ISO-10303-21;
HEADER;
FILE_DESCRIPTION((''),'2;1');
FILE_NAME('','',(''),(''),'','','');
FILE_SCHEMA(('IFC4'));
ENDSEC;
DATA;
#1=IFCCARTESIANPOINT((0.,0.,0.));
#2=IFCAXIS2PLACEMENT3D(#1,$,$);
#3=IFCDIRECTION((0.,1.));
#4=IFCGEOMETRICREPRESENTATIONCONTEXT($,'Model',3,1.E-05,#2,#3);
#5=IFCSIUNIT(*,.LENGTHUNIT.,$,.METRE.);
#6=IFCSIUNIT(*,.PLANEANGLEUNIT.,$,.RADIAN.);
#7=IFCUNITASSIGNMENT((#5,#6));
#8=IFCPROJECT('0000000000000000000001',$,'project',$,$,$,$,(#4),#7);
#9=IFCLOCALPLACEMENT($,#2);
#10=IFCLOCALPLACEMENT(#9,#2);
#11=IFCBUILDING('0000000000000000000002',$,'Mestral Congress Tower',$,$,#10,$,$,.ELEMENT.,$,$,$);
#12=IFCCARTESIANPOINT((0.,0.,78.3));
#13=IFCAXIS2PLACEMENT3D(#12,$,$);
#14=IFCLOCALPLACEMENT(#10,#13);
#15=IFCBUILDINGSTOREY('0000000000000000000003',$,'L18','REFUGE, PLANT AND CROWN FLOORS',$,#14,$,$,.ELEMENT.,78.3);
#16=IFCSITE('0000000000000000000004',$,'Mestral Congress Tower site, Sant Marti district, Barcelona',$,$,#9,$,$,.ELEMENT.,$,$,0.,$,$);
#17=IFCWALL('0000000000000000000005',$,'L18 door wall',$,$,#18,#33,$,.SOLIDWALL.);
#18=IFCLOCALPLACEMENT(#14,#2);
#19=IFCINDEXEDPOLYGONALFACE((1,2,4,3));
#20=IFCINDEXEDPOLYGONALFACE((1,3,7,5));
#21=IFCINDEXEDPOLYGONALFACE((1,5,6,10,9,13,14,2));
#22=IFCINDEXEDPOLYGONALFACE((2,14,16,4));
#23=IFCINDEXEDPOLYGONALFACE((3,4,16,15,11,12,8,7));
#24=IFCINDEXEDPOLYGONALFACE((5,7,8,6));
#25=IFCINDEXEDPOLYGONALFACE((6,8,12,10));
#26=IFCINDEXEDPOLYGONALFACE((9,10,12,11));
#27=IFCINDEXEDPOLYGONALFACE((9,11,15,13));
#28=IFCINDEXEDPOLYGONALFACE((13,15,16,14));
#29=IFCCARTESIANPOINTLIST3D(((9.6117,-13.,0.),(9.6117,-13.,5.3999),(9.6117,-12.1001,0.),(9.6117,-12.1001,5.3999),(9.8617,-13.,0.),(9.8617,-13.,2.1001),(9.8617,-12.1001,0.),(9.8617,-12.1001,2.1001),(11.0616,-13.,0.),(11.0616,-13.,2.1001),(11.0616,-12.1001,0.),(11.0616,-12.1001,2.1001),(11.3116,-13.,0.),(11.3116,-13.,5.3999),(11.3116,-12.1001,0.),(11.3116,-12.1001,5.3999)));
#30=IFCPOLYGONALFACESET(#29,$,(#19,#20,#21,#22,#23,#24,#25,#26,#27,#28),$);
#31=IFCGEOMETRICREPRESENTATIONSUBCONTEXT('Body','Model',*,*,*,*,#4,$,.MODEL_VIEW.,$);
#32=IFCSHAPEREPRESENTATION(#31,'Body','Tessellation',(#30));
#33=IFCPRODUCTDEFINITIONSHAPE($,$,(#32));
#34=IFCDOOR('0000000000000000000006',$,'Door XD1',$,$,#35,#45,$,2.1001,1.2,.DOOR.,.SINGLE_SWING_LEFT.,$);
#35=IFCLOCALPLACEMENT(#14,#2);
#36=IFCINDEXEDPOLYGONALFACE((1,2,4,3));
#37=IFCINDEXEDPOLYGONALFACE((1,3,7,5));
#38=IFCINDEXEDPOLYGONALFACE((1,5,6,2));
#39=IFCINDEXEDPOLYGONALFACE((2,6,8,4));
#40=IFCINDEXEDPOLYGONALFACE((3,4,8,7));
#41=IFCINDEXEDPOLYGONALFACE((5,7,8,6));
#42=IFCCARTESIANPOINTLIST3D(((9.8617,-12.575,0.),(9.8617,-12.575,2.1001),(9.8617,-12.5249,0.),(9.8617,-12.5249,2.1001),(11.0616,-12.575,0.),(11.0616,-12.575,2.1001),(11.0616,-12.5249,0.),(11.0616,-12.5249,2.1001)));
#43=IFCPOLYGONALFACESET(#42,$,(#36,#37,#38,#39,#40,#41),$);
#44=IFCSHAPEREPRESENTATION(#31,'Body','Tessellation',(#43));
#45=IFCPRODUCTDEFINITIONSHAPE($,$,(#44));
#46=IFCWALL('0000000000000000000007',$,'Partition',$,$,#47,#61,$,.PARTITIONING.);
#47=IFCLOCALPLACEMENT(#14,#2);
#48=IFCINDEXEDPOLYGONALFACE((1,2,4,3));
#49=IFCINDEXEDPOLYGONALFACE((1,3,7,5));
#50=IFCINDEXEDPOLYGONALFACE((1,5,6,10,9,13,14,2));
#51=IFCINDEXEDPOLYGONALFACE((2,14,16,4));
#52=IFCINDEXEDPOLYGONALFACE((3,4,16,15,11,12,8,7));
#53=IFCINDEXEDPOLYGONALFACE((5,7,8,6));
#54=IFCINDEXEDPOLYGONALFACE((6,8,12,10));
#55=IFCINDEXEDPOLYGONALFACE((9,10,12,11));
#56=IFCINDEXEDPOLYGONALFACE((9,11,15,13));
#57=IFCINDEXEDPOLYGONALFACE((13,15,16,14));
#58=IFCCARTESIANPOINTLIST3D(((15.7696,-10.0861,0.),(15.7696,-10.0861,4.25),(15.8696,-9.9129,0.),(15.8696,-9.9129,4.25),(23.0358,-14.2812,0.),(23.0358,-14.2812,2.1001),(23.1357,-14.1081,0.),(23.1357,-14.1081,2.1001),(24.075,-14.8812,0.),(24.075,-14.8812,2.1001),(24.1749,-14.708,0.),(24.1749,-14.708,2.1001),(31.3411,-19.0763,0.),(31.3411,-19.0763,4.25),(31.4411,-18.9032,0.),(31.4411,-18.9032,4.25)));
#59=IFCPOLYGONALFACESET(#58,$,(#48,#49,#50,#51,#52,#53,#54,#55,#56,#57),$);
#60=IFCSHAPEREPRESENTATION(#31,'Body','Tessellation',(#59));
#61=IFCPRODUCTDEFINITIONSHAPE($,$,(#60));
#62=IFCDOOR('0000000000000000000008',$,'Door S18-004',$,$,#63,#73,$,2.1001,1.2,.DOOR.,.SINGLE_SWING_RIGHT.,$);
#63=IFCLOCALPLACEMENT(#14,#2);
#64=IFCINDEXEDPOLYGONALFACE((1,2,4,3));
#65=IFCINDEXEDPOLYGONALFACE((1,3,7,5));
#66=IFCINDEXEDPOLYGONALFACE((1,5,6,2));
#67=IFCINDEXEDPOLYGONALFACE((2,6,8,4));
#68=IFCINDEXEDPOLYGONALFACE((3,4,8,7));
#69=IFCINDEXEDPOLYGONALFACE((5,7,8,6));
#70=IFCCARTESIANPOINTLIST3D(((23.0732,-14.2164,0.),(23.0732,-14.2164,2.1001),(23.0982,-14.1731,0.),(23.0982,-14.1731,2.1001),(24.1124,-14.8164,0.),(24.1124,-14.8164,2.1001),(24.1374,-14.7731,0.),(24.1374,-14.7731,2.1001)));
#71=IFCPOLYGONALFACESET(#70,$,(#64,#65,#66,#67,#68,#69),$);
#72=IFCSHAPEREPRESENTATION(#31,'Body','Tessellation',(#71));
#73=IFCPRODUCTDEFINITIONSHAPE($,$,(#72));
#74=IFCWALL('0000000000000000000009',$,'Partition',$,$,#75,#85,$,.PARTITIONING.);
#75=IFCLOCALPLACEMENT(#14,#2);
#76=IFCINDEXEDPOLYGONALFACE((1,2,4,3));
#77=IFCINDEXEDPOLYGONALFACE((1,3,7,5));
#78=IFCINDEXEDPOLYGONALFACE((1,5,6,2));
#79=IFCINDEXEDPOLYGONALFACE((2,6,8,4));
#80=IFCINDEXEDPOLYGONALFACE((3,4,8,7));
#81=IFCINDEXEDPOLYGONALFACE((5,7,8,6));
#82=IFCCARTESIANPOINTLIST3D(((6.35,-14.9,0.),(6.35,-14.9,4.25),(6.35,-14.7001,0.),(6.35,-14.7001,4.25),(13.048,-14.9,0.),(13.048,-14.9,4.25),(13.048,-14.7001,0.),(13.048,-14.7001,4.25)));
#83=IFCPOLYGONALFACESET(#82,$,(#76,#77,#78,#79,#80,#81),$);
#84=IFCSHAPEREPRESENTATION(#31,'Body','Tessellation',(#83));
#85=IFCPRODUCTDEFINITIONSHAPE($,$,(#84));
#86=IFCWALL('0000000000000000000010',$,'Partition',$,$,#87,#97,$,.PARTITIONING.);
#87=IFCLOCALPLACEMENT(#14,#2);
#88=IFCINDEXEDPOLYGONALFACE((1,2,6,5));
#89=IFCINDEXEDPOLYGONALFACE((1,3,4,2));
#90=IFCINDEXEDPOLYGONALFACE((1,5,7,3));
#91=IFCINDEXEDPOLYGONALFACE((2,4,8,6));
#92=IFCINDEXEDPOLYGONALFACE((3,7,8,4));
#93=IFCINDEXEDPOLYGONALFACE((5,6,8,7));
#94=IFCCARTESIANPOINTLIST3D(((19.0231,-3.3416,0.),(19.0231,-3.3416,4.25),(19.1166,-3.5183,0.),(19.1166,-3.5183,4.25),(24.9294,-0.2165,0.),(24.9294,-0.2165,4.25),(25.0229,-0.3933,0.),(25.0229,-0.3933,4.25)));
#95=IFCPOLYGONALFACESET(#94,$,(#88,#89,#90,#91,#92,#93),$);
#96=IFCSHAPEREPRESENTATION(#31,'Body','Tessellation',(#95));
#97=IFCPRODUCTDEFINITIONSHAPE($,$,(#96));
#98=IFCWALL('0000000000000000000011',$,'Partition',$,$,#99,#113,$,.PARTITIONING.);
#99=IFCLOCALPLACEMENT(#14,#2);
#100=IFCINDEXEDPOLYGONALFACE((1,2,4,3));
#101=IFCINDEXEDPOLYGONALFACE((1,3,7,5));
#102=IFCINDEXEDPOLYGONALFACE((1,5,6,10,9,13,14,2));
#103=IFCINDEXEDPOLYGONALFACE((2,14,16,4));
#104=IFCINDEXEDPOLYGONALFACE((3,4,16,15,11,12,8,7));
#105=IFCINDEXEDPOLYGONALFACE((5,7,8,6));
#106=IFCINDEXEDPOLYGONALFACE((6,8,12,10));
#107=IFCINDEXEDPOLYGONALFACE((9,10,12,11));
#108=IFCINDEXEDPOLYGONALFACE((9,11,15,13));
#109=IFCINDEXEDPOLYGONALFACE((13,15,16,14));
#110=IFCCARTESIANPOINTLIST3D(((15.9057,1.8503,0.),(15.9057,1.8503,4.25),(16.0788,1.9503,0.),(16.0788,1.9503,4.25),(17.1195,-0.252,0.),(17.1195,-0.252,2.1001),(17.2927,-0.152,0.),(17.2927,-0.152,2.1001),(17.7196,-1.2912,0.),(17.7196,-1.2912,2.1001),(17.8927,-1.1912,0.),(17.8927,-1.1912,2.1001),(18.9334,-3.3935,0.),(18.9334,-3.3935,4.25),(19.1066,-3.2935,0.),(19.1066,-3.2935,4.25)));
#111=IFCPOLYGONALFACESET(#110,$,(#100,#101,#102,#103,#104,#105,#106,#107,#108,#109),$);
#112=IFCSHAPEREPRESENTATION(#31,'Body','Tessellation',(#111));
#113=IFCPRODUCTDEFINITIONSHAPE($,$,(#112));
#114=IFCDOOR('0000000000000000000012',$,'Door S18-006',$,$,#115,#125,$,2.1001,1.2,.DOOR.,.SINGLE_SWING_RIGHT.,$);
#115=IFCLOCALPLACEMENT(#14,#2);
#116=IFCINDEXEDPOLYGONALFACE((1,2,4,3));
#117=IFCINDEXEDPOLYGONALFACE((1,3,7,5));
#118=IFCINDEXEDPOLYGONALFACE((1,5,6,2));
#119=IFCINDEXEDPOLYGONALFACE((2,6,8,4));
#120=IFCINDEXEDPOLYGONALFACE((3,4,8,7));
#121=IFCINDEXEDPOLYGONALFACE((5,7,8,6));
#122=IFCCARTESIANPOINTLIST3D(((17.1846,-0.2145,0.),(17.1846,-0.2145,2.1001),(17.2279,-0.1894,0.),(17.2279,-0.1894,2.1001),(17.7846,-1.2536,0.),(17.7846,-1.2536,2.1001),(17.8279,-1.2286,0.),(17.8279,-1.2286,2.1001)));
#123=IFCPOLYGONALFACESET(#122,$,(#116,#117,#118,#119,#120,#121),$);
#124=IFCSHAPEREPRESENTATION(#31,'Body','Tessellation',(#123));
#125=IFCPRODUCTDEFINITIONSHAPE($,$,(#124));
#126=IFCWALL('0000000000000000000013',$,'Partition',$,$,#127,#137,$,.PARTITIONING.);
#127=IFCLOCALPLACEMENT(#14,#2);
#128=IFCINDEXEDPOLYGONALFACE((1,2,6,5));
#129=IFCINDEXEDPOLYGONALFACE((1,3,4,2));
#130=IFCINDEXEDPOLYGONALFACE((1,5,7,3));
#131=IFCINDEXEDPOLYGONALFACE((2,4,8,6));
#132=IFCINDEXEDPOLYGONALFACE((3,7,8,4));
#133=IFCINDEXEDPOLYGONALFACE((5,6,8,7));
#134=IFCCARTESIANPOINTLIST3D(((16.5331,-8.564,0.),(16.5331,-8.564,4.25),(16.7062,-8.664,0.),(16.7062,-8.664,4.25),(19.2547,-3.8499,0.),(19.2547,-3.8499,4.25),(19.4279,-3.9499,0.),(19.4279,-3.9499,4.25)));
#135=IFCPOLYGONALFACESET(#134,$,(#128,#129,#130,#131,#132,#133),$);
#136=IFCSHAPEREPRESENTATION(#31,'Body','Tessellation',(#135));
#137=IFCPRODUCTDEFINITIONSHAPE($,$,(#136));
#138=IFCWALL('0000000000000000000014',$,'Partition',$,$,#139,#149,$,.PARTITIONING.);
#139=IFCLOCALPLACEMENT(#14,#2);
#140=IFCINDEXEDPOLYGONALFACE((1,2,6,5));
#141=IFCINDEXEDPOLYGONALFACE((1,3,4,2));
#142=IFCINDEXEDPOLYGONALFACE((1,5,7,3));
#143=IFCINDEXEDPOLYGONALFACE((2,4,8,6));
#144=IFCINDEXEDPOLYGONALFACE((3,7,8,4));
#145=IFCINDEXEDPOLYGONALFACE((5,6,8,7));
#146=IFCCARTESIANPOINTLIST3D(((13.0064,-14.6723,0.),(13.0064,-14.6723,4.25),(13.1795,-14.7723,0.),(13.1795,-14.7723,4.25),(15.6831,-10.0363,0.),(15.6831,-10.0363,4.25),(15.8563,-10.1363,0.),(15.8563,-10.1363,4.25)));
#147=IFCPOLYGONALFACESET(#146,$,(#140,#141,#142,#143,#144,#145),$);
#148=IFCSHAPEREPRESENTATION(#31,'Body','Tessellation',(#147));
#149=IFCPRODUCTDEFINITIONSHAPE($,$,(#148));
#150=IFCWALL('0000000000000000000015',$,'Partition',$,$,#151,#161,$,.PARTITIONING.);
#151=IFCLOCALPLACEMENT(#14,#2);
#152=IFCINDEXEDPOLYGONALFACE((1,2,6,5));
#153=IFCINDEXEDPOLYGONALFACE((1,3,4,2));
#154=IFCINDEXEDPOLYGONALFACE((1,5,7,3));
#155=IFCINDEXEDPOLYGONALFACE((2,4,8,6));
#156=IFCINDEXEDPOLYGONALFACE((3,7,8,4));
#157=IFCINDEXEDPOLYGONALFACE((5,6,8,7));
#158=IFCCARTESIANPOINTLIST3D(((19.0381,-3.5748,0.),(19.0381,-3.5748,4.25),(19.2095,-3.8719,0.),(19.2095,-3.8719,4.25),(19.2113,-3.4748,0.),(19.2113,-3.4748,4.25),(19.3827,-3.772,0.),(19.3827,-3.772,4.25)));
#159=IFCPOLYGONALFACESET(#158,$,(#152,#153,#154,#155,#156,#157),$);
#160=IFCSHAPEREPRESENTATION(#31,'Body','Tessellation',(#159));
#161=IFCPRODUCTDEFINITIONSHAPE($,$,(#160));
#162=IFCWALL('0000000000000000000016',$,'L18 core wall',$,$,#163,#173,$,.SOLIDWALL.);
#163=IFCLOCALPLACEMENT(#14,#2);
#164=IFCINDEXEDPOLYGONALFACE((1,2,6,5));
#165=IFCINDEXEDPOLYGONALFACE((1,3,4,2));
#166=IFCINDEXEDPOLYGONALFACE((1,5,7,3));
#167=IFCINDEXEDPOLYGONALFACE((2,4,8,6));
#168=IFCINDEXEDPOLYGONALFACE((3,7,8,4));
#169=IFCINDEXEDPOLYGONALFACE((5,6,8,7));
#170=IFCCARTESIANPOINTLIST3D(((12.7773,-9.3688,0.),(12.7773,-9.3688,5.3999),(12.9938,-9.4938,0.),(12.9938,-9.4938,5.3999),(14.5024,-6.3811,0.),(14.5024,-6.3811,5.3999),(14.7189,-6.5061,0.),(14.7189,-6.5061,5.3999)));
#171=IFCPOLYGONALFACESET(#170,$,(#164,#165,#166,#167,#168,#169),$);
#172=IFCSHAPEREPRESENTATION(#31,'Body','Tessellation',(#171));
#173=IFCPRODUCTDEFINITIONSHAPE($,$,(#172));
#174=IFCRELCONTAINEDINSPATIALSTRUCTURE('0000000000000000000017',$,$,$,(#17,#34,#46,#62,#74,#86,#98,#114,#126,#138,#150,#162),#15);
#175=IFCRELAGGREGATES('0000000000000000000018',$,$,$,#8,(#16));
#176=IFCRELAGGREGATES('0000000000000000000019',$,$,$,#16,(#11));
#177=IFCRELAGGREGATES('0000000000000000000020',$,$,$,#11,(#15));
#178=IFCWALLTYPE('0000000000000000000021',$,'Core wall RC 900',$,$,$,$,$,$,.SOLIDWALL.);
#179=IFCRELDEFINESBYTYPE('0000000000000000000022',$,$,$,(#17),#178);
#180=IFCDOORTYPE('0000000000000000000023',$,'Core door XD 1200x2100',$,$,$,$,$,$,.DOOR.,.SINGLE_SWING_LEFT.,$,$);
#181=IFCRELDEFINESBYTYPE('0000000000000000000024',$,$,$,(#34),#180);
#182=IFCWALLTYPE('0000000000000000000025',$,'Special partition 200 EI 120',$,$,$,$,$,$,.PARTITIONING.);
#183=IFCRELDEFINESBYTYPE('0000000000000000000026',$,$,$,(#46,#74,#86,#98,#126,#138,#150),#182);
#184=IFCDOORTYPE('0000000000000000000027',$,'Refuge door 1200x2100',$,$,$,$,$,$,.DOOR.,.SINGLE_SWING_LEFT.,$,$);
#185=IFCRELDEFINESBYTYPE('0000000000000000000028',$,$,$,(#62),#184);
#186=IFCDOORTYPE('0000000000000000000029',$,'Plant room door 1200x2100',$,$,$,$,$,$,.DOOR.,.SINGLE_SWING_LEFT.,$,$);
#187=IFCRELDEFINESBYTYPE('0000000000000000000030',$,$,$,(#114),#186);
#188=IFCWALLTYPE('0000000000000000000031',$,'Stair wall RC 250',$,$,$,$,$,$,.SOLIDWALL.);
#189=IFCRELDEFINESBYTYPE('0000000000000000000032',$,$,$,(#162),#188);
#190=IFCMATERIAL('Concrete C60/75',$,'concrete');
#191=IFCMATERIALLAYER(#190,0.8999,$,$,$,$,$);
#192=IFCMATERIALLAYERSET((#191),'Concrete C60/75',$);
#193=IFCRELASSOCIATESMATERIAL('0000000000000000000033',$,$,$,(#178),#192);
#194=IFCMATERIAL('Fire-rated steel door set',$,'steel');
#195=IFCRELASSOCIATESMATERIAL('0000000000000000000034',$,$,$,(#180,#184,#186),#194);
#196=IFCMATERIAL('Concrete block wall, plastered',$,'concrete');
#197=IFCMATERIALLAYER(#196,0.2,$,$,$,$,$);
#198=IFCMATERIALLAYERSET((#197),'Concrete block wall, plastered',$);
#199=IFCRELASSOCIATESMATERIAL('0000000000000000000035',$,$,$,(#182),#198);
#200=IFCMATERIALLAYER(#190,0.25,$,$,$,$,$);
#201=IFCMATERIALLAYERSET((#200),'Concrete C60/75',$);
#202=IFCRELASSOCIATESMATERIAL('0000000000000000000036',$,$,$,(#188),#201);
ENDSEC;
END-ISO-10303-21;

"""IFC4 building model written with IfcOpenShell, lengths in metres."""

from ifc_helpers import new_model, si_unit, direction, frame, frame_2d, origin, place, context, subcontext, project, spatial, rectangle, extrude, material, layer, layer_set, type_object, element, fill, save


model = new_model("IFC4")

# Units and contexts
model_context = context("Model", 3, precision=1e-05, world=origin(), true_north=direction((0.0, 1.0)))
body_context = subcontext(model_context, "Body", "Model", "MODEL_VIEW")
ifc_project = project(units=[si_unit("LENGTHUNIT", "METRE"), si_unit("PLANEANGLEUNIT", "RADIAN")], contexts=[model_context])

# Site, building, storey
site_placement = place(None, origin())
site = spatial("IfcSite", under=ifc_project, at=site_placement, Name="Mestral Congress Tower site, Sant Marti district, Barcelona", CompositionType="ELEMENT", RefElevation=0.0)
building_placement = place(site_placement, origin())
building = spatial("IfcBuilding", under=site, at=building_placement, Name="Mestral Congress Tower", CompositionType="ELEMENT")
storey_placement = place(building_placement, frame((0.0, 0.0, 78.3)))
storey = spatial("IfcBuildingStorey", under=building, at=storey_placement, Name="L18", Description="REFUGE, PLANT AND CROWN FLOORS", CompositionType="ELEMENT", Elevation=78.3)

# Shared definitions
ifc_material_1 = material(Name="Concrete C60/75", Category="concrete")
ifc_layer_1 = layer(ifc_material_1, 0.8999)
ifc_layer_set_1 = layer_set([ifc_layer_1], Name="Concrete C60/75")
wall_type_1 = type_object("IfcWallType", Name="Core wall RC 900", PredefinedType="SOLIDWALL", material=ifc_layer_set_1)

# Walls, openings, doors
wall_1_placement = place(storey_placement, frame((11.3118, -12.55, 0.0), z_axis=(0.0, 0.0, 1.0), x_axis=(-1.0, 0.0, 0.0)))
wall_1 = element("IfcWall", 1, at=wall_1_placement, inside=storey, type_object=wall_type_1, Name="L18 door wall", PredefinedType="SOLIDWALL", context=body_context, shape_type="SweptSolid", body=[
    extrude(rectangle(XDim=1.7, YDim=0.8999, at=frame_2d((0.8501, 0.0))), origin(), (0.0, 0.0, 1.0), 5.3999),
])
opening_1_placement = place(wall_1_placement, frame((0.25, 0.0, 0.0)))
opening_1 = element("IfcOpeningElement", 2, at=opening_1_placement, cuts=wall_1, PredefinedType="OPENING", context=body_context, shape_type="SweptSolid", body=[
    extrude(rectangle(XDim=1.2, YDim=2.1001, at=frame_2d((0.6001, 1.05))), frame((0.0, 0.46, 0.0), z_axis=(0.0, -1.0, 0.0), x_axis=(1.0, 0.0, 0.0)), (0.0, 0.0, 1.0), 0.9199),
])
ifc_material_2 = material(Name="Fire-rated steel door set", Category="steel")
door_type_1 = type_object("IfcDoorType", Name="Core door XD 1200x2100", OperationType="SINGLE_SWING_LEFT", PredefinedType="DOOR", material=ifc_material_2)
door_1_placement = place(opening_1_placement, origin())
door_1 = element("IfcDoor", 3, at=door_1_placement, inside=storey, type_object=door_type_1, Name="Door XD1", OperationType="SINGLE_SWING_LEFT", OverallHeight=2.1001, OverallWidth=1.2, PredefinedType="DOOR", context=body_context, shape_type="SweptSolid", body=[
    extrude(rectangle(XDim=1.2, YDim=2.1001, at=frame_2d((0.6001, 1.05))), frame((0.0, 0.0249, 0.0), z_axis=(0.0, -1.0, 0.0), x_axis=(1.0, 0.0, 0.0)), (0.0, 0.0, 1.0), 0.05),
])
fill(opening_1, door_1)
ifc_material_3 = material(Name="Concrete block wall, plastered", Category="concrete")
ifc_layer_2 = layer(ifc_material_3, 0.2)
ifc_layer_set_2 = layer_set([ifc_layer_2], Name="Concrete block wall, plastered")
wall_type_2 = type_object("IfcWallType", Name="Special partition 200 EI 120", PredefinedType="PARTITIONING", material=ifc_layer_set_2)
wall_2_placement = place(storey_placement, frame((15.8196, -9.9995, 0.0), z_axis=(0.0, 0.0, 1.0), x_axis=(0.866025, -0.5, 0.0)))
wall_2 = element("IfcWall", 4, at=wall_2_placement, inside=storey, type_object=wall_type_2, Name="Partition", PredefinedType="PARTITIONING", context=body_context, shape_type="SweptSolid", body=[
    extrude(rectangle(XDim=17.9805, YDim=0.2, at=frame_2d((8.9902, 0.0))), origin(), (0.0, 0.0, 1.0), 4.25),
])
opening_2_placement = place(wall_2_placement, frame((8.3901, 0.0, 0.0)))
opening_2 = element("IfcOpeningElement", 5, at=opening_2_placement, cuts=wall_2, PredefinedType="OPENING", context=body_context, shape_type="SweptSolid", body=[
    extrude(rectangle(XDim=1.2, YDim=2.1001, at=frame_2d((0.6001, 1.05))), frame((0.0, 0.1099, 0.0), z_axis=(0.0, -1.0, 0.0), x_axis=(1.0, 0.0, 0.0)), (0.0, 0.0, 1.0), 0.22),
])
door_type_2 = type_object("IfcDoorType", Name="Refuge door 1200x2100", OperationType="SINGLE_SWING_LEFT", PredefinedType="DOOR", material=ifc_material_2)
door_2_placement = place(opening_2_placement, origin())
door_2 = element("IfcDoor", 6, at=door_2_placement, inside=storey, type_object=door_type_2, Name="Door S18-004", OperationType="SINGLE_SWING_RIGHT", OverallHeight=2.1001, OverallWidth=1.2, PredefinedType="DOOR", context=body_context, shape_type="SweptSolid", body=[
    extrude(rectangle(XDim=1.2, YDim=2.1001, at=frame_2d((0.6001, 1.05))), frame((0.0, 0.0249, 0.0), z_axis=(0.0, -1.0, 0.0), x_axis=(1.0, 0.0, 0.0)), (0.0, 0.0, 1.0), 0.05),
])
fill(opening_2, door_2)

# Walls
wall_3_placement = place(storey_placement, frame((13.0481, -14.8, 0.0), z_axis=(0.0, 0.0, 1.0), x_axis=(-1.0, 0.0, 0.0)))
element("IfcWall", 7, at=wall_3_placement, inside=storey, type_object=wall_type_2, Name="Partition", PredefinedType="PARTITIONING", context=body_context, shape_type="SweptSolid", body=[
    extrude(rectangle(XDim=6.698, YDim=0.2, at=frame_2d((3.3491, 0.0))), origin(), (0.0, 0.0, 1.0), 4.25),
])
wall_4_placement = place(storey_placement, frame((19.0698, -3.4299, 0.0), z_axis=(0.0, 0.0, 1.0), x_axis=(0.883902, 0.467673, 0.0)))
element("IfcWall", 8, at=wall_4_placement, inside=storey, type_object=wall_type_2, Name="Partition", PredefinedType="PARTITIONING", context=body_context, shape_type="SweptSolid", body=[
    extrude(rectangle(XDim=6.6821, YDim=0.2, at=frame_2d((3.3411, 0.0))), origin(), (0.0, 0.0, 1.0), 4.25),
])

# Wall, opening, door
wall_5_placement = place(storey_placement, frame((19.02, -3.3435, 0.0), z_axis=(0.0, 0.0, 1.0), x_axis=(-0.500033, 0.866006, 0.0)))
wall_5 = element("IfcWall", 9, at=wall_5_placement, inside=storey, type_object=wall_type_2, Name="Partition", PredefinedType="PARTITIONING", context=body_context, shape_type="SweptSolid", body=[
    extrude(rectangle(XDim=6.0552, YDim=0.2, at=frame_2d((3.0276, 0.0))), origin(), (0.0, 0.0, 1.0), 4.25),
])
opening_3_placement = place(wall_5_placement, frame((2.4275, 0.0, 0.0)))
opening_3 = element("IfcOpeningElement", 10, at=opening_3_placement, cuts=wall_5, PredefinedType="OPENING", context=body_context, shape_type="SweptSolid", body=[
    extrude(rectangle(XDim=1.2, YDim=2.1001, at=frame_2d((0.6001, 1.05))), frame((0.0, 0.1099, 0.0), z_axis=(0.0, -1.0, 0.0), x_axis=(1.0, 0.0, 0.0)), (0.0, 0.0, 1.0), 0.22),
])
door_type_3 = type_object("IfcDoorType", Name="Plant room door 1200x2100", OperationType="SINGLE_SWING_LEFT", PredefinedType="DOOR", material=ifc_material_2)
door_3_placement = place(opening_3_placement, origin())
door_3 = element("IfcDoor", 11, at=door_3_placement, inside=storey, type_object=door_type_3, Name="Door S18-006", OperationType="SINGLE_SWING_RIGHT", OverallHeight=2.1001, OverallWidth=1.2, PredefinedType="DOOR", context=body_context, shape_type="SweptSolid", body=[
    extrude(rectangle(XDim=1.2, YDim=2.1001, at=frame_2d((0.6001, 1.05))), frame((0.0, 0.0249, 0.0), z_axis=(0.0, -1.0, 0.0), x_axis=(1.0, 0.0, 0.0)), (0.0, 0.0, 1.0), 0.05),
])
fill(opening_3, door_3)

# Walls
wall_6_placement = place(storey_placement, frame((19.3413, -3.8999, 0.0), z_axis=(0.0, 0.0, 1.0), x_axis=(-0.499998, -0.866026, 0.0)))
element("IfcWall", 12, at=wall_6_placement, inside=storey, type_object=wall_type_2, Name="Partition", PredefinedType="PARTITIONING", context=body_context, shape_type="SweptSolid", body=[
    extrude(rectangle(XDim=5.4434, YDim=0.2, at=frame_2d((2.7217, 0.0))), origin(), (0.0, 0.0, 1.0), 4.25),
])
wall_7_placement = place(storey_placement, frame((15.7698, -10.0862, 0.0), z_axis=(0.0, 0.0, 1.0), x_axis=(-0.500024, -0.866012, 0.0)))
element("IfcWall", 13, at=wall_7_placement, inside=storey, type_object=wall_type_2, Name="Partition", PredefinedType="PARTITIONING", context=body_context, shape_type="SweptSolid", body=[
    extrude(rectangle(XDim=5.3533, YDim=0.2, at=frame_2d((2.6768, 0.0))), origin(), (0.0, 0.0, 1.0), 4.25),
])
wall_8_placement = place(storey_placement, frame((19.1248, -3.5249, 0.0), z_axis=(0.0, 0.0, 1.0), x_axis=(0.499661, -0.866221, 0.0)))
element("IfcWall", 14, at=wall_8_placement, inside=storey, type_object=wall_type_2, Name="Partition", PredefinedType="PARTITIONING", context=body_context, shape_type="SweptSolid", body=[
    extrude(rectangle(XDim=0.343, YDim=0.2, at=frame_2d((0.1714, 0.0))), origin(), (0.0, 0.0, 1.0), 4.25),
])
ifc_layer_3 = layer(ifc_material_1, 0.25)
ifc_layer_set_3 = layer_set([ifc_layer_3], Name="Concrete C60/75")
wall_type_3 = type_object("IfcWallType", Name="Stair wall RC 250", PredefinedType="SOLIDWALL", material=ifc_layer_set_3)
wall_9_placement = place(storey_placement, frame((12.8855, -9.4314, 0.0), z_axis=(0.0, 0.0, 1.0), x_axis=(0.500021, 0.866014, 0.0)))
element("IfcWall", 15, at=wall_9_placement, inside=storey, type_object=wall_type_3, Name="L18 core wall", PredefinedType="SOLIDWALL", context=body_context, shape_type="SweptSolid", body=[
    extrude(rectangle(XDim=3.45, YDim=0.25, at=frame_2d((1.7251, 0.0))), origin(), (0.0, 0.0, 1.0), 5.3999),
])

save(model, "model.ifc")
